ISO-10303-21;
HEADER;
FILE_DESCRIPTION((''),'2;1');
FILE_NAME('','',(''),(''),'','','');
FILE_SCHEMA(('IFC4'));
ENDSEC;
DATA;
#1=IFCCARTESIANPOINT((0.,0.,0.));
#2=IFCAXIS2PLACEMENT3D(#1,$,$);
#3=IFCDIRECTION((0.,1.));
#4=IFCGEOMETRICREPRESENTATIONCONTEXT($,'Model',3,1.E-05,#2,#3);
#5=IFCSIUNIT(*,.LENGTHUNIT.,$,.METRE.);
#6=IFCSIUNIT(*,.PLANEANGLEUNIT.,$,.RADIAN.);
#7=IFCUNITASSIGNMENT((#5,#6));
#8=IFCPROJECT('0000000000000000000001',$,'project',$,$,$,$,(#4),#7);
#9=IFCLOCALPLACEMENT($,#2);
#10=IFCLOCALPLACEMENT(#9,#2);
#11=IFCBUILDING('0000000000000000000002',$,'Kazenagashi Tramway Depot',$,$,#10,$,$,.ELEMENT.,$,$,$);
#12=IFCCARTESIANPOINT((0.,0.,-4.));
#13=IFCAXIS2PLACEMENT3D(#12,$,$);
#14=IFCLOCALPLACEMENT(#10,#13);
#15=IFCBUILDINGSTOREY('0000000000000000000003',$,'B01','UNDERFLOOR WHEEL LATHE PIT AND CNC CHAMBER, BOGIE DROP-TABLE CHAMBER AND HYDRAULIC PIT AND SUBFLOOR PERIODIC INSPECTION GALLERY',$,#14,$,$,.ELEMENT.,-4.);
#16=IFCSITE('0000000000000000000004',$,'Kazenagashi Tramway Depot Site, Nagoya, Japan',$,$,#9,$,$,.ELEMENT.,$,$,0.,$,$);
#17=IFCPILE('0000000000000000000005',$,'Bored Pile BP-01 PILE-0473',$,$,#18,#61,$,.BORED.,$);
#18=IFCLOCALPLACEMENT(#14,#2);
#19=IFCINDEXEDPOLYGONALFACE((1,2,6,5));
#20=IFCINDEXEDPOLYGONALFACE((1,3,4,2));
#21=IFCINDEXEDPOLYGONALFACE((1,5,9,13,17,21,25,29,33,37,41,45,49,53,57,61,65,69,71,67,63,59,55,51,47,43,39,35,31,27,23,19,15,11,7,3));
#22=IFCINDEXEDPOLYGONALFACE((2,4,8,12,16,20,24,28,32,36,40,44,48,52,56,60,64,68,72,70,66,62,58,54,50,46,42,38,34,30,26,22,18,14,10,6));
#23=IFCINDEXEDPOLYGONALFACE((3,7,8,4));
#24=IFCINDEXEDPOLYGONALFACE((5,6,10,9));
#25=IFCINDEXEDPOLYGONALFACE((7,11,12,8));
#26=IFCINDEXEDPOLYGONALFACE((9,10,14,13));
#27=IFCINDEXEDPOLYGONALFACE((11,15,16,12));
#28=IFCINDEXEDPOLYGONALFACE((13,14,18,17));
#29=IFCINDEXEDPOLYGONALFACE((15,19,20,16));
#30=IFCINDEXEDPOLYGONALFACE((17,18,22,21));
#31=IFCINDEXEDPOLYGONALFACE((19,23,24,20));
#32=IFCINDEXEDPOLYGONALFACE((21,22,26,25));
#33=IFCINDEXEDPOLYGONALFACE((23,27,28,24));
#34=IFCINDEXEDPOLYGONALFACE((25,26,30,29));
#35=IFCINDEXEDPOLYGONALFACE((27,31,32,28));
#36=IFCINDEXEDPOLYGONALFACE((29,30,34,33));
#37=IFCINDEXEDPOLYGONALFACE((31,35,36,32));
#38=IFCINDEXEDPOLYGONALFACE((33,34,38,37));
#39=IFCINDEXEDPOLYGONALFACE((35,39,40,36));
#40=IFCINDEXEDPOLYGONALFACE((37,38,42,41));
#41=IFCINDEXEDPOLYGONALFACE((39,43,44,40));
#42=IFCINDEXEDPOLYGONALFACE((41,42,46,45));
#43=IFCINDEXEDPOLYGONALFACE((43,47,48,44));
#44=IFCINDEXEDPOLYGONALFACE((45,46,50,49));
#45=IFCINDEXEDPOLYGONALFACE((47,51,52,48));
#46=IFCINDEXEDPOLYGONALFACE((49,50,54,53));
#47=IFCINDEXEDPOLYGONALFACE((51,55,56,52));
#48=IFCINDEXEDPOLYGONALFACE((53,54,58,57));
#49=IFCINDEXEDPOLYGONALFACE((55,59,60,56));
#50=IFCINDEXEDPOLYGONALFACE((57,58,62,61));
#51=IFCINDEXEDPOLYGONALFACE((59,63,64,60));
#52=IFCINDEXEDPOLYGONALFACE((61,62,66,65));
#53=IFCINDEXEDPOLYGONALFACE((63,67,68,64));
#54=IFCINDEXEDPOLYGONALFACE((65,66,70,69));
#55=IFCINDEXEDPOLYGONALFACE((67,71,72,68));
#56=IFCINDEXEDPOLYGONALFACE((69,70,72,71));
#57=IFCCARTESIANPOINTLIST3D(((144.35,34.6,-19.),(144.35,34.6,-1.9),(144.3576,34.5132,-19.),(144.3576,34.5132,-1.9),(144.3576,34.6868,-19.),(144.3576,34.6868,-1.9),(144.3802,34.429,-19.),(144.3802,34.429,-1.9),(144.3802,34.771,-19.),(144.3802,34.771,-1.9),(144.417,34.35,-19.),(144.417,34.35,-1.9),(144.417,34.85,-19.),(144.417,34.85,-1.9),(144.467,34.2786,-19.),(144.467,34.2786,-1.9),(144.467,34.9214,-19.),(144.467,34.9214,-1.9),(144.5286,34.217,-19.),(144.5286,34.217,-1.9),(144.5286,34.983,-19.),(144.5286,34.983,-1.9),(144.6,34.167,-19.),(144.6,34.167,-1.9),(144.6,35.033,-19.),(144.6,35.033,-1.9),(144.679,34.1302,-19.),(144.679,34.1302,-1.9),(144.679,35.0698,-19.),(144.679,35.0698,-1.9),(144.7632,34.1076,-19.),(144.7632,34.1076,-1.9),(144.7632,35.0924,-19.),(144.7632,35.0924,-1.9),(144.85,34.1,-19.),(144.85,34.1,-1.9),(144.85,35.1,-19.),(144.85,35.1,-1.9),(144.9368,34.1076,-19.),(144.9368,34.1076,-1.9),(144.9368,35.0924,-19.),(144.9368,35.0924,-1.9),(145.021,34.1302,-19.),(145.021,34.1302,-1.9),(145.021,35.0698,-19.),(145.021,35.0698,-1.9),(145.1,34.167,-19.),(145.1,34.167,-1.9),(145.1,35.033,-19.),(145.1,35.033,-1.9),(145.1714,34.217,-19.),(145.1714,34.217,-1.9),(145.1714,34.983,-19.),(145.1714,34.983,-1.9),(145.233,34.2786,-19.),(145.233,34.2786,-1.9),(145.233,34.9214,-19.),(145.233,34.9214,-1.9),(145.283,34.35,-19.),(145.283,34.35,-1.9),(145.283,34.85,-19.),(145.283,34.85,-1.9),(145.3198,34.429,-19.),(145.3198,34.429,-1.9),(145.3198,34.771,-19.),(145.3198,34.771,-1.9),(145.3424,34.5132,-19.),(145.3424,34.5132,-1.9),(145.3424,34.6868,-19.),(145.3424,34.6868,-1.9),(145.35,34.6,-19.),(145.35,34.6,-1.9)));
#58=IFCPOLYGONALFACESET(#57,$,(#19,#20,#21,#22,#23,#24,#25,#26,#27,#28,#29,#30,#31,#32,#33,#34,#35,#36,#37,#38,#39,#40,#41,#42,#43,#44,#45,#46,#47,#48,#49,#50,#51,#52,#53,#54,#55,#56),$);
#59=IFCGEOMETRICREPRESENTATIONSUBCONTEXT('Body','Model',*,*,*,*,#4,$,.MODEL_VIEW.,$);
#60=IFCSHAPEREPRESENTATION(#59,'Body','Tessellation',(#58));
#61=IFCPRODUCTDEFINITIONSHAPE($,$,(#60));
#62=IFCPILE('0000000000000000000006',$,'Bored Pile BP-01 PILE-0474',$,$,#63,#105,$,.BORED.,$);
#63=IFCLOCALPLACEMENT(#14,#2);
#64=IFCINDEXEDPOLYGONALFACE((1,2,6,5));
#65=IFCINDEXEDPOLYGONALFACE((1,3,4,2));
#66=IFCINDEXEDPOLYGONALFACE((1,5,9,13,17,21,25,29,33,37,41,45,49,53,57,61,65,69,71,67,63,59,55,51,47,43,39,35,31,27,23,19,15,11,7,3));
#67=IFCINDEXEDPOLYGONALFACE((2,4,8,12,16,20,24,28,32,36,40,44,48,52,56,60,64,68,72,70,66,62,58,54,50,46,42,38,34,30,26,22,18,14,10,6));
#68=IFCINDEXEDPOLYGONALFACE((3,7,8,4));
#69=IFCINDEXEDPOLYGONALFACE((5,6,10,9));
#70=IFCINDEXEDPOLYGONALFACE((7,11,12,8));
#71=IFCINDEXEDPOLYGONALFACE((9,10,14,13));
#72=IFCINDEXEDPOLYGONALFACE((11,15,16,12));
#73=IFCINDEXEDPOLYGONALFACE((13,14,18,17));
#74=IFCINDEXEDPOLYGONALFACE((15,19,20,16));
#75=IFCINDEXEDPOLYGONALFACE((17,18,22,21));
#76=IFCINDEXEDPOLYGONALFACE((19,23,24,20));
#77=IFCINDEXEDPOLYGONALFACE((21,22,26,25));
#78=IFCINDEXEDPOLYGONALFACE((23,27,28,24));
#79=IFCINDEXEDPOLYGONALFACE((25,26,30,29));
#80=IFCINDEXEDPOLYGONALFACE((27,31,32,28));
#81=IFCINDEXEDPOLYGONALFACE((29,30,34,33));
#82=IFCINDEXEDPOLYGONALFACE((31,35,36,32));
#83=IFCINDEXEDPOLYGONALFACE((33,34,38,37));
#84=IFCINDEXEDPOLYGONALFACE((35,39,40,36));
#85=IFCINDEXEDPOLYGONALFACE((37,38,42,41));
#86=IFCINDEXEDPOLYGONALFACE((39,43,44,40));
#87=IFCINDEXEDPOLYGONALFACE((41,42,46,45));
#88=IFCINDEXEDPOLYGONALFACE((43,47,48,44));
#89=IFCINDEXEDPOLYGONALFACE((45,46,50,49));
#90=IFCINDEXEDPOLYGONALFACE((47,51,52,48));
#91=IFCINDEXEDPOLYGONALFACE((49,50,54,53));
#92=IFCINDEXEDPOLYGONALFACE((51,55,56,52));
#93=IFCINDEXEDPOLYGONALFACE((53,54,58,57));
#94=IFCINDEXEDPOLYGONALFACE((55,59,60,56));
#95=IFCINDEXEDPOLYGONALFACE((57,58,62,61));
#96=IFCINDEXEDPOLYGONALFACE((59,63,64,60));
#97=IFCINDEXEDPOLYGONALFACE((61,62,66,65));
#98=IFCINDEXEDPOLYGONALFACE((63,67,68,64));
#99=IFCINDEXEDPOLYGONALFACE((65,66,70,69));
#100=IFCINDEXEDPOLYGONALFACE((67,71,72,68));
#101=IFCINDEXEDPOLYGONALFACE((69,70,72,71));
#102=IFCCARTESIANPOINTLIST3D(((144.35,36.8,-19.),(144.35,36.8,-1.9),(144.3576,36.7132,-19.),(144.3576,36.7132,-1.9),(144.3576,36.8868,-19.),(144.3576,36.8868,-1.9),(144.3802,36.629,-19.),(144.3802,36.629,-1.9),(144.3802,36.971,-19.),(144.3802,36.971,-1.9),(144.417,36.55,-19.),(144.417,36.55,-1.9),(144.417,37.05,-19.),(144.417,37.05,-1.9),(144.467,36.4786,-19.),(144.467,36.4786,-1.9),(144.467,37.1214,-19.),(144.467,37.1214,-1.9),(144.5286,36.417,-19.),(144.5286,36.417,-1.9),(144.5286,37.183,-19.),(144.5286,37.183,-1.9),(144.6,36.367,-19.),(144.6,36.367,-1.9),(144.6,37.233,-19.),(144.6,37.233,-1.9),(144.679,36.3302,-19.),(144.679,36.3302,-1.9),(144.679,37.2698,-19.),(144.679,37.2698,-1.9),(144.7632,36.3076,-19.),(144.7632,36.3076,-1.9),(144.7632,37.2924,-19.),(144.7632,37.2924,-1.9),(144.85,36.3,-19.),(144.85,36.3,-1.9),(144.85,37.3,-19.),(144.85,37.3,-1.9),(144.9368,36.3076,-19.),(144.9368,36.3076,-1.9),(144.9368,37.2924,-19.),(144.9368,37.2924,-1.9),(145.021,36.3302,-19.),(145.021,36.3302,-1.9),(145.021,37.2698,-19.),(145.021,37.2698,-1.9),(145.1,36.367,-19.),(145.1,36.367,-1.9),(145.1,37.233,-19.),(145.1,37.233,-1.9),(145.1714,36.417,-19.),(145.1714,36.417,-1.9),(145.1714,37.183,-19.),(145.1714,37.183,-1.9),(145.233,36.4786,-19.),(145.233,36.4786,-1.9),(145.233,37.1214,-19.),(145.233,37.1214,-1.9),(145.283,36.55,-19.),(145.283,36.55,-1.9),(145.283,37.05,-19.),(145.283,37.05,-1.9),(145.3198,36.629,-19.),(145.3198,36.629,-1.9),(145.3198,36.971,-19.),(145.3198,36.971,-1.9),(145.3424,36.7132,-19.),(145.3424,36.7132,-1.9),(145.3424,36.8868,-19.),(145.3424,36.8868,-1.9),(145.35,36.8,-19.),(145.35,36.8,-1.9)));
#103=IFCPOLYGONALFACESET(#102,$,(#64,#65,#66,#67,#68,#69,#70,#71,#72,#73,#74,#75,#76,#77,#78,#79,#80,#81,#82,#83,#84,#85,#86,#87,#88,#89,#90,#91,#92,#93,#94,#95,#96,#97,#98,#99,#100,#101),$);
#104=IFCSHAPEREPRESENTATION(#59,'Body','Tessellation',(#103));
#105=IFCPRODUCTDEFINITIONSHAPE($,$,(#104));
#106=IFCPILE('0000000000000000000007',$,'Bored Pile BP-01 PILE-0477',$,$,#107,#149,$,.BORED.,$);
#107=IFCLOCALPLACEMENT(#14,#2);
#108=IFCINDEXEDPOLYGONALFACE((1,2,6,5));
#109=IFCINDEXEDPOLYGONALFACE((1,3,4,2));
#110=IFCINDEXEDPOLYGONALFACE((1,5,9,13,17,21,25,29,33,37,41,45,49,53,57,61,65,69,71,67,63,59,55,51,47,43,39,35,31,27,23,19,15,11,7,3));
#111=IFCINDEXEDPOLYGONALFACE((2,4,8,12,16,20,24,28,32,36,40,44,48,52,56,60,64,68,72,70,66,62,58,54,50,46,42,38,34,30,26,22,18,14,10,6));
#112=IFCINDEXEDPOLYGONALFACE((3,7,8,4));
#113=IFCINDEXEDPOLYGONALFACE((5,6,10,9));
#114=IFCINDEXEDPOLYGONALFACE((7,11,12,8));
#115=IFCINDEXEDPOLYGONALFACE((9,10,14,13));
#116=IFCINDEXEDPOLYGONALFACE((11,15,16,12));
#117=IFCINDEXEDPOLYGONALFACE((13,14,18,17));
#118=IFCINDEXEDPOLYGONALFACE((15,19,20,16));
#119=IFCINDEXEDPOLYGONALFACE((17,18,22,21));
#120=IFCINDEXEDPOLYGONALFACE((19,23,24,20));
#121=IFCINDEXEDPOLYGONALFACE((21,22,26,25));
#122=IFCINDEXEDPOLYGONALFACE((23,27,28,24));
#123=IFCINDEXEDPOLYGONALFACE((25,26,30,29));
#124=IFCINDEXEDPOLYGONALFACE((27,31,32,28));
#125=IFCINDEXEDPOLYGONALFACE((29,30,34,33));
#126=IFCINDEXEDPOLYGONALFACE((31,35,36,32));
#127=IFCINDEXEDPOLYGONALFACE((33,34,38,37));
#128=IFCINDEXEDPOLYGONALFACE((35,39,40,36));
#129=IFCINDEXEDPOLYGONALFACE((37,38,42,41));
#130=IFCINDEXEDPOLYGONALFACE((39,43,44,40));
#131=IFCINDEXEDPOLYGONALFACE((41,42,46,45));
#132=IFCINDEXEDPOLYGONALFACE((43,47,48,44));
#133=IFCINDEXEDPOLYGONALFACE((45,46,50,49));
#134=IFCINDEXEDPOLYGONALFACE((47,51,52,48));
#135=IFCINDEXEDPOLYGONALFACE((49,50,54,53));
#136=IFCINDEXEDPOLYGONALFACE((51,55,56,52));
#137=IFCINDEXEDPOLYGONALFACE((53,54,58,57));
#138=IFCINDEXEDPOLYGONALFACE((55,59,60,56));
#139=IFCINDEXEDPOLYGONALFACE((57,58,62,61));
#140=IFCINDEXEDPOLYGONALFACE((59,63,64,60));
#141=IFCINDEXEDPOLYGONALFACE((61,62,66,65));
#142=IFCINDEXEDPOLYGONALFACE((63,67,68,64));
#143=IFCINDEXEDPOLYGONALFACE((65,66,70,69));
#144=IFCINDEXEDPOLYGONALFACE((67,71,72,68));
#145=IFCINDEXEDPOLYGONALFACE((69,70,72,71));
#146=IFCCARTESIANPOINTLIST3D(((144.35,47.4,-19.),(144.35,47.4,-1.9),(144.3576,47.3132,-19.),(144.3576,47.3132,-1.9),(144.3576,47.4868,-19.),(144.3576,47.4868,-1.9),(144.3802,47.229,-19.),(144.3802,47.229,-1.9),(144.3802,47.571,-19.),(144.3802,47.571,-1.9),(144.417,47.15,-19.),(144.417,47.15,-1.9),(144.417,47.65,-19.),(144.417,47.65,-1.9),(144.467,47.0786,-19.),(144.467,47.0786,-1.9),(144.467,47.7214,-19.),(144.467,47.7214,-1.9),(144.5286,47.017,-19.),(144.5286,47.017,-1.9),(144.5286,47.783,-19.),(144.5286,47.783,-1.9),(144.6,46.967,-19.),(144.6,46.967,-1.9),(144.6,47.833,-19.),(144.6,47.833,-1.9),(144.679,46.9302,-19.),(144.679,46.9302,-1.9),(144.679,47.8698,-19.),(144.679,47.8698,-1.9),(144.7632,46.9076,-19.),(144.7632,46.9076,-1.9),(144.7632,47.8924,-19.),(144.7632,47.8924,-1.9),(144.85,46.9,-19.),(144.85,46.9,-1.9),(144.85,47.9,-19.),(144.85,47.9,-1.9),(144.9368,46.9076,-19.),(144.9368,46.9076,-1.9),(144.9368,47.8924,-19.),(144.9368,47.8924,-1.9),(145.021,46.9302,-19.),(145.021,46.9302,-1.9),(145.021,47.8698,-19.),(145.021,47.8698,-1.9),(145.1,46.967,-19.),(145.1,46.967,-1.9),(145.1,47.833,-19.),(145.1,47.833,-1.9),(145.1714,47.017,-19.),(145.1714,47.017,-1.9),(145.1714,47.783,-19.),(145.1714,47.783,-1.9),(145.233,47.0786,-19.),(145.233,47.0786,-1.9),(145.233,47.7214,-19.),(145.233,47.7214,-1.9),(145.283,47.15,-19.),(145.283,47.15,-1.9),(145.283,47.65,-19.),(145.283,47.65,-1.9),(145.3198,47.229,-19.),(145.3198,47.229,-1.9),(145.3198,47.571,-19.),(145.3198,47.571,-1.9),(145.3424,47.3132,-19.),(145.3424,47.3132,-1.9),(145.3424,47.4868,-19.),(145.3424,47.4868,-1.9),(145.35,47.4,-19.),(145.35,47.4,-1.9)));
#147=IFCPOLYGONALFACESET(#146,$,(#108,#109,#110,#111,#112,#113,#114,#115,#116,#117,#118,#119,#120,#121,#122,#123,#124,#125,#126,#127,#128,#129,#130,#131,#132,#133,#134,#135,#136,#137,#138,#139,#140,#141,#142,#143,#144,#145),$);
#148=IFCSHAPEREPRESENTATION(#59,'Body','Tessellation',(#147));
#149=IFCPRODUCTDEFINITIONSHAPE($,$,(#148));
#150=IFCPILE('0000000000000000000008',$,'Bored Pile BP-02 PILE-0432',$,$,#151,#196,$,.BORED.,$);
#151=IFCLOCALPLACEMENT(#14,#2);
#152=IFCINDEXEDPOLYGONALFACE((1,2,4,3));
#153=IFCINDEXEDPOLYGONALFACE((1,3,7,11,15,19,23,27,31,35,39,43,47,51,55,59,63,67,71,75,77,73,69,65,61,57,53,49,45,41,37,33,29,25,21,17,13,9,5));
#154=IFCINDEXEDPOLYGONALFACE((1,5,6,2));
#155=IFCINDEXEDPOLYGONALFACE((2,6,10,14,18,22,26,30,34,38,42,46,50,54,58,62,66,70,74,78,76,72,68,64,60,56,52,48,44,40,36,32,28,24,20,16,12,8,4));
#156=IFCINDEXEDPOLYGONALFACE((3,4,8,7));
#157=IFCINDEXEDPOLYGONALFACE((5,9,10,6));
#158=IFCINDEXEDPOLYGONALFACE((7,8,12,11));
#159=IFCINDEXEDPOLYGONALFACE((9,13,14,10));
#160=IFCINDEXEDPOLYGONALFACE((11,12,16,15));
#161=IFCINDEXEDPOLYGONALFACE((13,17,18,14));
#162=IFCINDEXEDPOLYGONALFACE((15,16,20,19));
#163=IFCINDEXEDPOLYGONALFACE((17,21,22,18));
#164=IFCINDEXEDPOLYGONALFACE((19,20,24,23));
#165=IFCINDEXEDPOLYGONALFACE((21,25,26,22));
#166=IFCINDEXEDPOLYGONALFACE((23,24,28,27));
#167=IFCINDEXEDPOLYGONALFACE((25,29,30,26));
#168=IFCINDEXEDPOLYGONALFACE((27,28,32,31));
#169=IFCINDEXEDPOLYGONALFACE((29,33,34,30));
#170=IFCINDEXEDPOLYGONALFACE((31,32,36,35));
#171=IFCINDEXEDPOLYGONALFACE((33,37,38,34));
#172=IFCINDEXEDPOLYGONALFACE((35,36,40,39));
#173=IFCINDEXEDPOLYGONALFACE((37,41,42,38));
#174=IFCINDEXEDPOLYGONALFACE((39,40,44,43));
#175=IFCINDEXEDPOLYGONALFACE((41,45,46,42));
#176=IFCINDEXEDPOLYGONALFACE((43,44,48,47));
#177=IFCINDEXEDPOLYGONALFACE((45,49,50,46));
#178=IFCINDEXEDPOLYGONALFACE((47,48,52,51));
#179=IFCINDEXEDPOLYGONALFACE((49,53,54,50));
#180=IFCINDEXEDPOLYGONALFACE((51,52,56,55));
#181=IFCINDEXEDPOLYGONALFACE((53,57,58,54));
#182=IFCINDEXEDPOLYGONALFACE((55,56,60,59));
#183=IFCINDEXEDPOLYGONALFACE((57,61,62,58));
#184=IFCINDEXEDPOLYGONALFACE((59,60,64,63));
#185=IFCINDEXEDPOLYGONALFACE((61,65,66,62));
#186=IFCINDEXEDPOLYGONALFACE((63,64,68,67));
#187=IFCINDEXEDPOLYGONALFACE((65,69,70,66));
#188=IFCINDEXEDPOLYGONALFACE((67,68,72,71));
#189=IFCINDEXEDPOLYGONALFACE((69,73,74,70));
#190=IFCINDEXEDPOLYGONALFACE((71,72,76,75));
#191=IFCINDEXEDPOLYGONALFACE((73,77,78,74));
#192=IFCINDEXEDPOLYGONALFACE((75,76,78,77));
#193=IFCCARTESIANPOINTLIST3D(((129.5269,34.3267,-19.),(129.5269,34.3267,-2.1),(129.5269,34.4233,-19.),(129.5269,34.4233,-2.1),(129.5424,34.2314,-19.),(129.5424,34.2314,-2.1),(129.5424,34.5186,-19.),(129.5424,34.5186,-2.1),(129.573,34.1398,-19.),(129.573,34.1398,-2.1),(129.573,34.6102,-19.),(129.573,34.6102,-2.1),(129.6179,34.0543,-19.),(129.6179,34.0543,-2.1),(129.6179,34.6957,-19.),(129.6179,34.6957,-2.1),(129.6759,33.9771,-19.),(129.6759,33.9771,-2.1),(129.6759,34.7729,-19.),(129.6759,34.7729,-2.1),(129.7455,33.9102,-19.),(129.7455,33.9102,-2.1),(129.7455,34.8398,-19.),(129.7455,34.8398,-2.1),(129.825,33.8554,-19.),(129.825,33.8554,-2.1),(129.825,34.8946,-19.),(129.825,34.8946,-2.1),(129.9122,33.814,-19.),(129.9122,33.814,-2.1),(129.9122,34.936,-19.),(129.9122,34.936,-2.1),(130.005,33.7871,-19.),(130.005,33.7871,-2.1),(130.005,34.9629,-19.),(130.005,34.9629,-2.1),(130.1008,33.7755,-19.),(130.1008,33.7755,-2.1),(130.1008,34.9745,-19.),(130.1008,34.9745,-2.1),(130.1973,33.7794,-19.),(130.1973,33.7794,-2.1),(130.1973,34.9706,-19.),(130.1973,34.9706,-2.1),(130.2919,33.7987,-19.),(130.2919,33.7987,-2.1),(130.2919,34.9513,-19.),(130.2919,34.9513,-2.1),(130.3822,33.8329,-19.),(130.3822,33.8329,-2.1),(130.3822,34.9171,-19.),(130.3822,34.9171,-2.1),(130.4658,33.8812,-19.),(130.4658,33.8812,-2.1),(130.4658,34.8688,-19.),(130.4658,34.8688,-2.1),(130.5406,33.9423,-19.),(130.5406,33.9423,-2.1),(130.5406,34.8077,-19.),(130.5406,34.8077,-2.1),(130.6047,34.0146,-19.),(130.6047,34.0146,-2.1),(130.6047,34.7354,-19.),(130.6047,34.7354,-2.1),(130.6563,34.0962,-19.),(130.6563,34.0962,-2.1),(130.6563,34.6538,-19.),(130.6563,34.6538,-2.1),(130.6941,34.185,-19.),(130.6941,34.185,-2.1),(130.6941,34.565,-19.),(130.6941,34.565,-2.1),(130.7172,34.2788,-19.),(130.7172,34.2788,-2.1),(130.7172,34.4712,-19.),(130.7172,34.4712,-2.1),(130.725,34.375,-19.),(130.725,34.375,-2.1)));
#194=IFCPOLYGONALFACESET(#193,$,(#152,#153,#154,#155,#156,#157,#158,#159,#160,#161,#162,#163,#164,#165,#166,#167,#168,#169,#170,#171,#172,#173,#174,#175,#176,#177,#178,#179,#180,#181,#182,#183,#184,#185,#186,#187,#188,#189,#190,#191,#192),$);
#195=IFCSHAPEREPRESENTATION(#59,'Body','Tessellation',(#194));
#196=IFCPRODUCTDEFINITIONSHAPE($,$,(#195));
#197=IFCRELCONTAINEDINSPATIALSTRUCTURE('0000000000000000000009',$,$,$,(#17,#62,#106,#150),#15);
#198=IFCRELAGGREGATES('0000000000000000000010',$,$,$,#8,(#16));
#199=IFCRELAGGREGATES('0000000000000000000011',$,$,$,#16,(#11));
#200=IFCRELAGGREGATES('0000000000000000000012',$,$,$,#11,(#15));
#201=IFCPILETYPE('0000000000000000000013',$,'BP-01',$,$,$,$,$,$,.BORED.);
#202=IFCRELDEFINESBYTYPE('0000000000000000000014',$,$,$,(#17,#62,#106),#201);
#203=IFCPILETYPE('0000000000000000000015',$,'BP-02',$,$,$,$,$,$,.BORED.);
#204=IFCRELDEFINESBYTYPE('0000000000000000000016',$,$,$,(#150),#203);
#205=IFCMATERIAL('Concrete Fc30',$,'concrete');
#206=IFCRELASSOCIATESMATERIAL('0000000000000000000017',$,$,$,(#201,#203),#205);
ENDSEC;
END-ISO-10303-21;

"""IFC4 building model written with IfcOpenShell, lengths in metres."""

from ifc_helpers import new_model, si_unit, direction, frame, origin, origin_2d, place, context, subcontext, project, spatial, circle, extrude, material, material_profile, profile_set, type_object, element, save


model = new_model("IFC4")

# Units and contexts
model_context = context("Model", 3, precision=1e-05, world=origin(), true_north=direction((0.0, 1.0)))
body_context = subcontext(model_context, "Body", "Model", "MODEL_VIEW")
ifc_project = project(units=[si_unit("LENGTHUNIT", "METRE"), si_unit("PLANEANGLEUNIT", "RADIAN")], contexts=[model_context])

# Site, building, storey
site_placement = place(None, origin())
site = spatial("IfcSite", under=ifc_project, at=site_placement, Name="Kazenagashi Tramway Depot Site, Nagoya, Japan", CompositionType="ELEMENT", RefElevation=0.0)
building_placement = place(site_placement, origin())
building = spatial("IfcBuilding", under=site, at=building_placement, Name="Kazenagashi Tramway Depot", CompositionType="ELEMENT")
storey_placement = place(building_placement, frame((0.0, 0.0, -4.0)))
storey = spatial("IfcBuildingStorey", under=building, at=storey_placement, Name="B01", Description="UNDERFLOOR WHEEL LATHE PIT AND CNC CHAMBER, BOGIE DROP-TABLE CHAMBER AND HYDRAULIC PIT AND SUBFLOOR PERIODIC INSPECTION GALLERY", CompositionType="ELEMENT", Elevation=-4.0)

# Piles
ifc_material_1 = material(Name="Concrete Fc30", Category="concrete")
ifc_material_profile_1 = material_profile(ifc_material_1, circle(Radius=0.5, at=origin_2d()), Name="PILE-1000")
ifc_profile_set_1 = profile_set([ifc_material_profile_1], Name="Concrete Fc30")
pile_type_1 = type_object("IfcPileType", Name="BP-01", PredefinedType="BORED", material=ifc_profile_set_1)
for number, where, z_axis, x_axis, name in (
    (1, (144.85, 34.6, -1.9), (0.0, 0.0, -1.0), (1.0, 0.0, 0.0), "Bored Pile BP-01 PILE-0473"),
    (2, (144.85, 36.8, -1.9), (0.0, 0.0, -1.0), (1.0, 0.0, 0.0), "Bored Pile BP-01 PILE-0474"),
    (3, (144.85, 47.4, -1.9), (0.0, 0.0, -1.0), (1.0, 0.0, 0.0), "Bored Pile BP-01 PILE-0477"),
):
    element("IfcPile", number, at=place(storey_placement, frame(where, z_axis=z_axis, x_axis=x_axis)), inside=storey, type_object=pile_type_1, Name=name, PredefinedType="BORED", context=body_context, shape_type="SweptSolid", body=[
        extrude(circle(Radius=0.5, at=origin_2d()), origin(), (0.0, 0.0, 1.0), 17.1),
    ])
ifc_material_profile_2 = material_profile(ifc_material_1, circle(Radius=0.6, at=origin_2d()), Name="PILE-1200")
ifc_profile_set_2 = profile_set([ifc_material_profile_2], Name="Concrete Fc30")
pile_type_2 = type_object("IfcPileType", Name="BP-02", PredefinedType="BORED", material=ifc_profile_set_2)
for number, where, z_axis, x_axis, name in (
    (4, (130.125, 34.375, -2.1), (0.0, 0.0, -1.0), (1.0, 0.0, 0.0), "Bored Pile BP-02 PILE-0432"),
):
    element("IfcPile", number, at=place(storey_placement, frame(where, z_axis=z_axis, x_axis=x_axis)), inside=storey, type_object=pile_type_2, Name=name, PredefinedType="BORED", context=body_context, shape_type="SweptSolid", body=[
        extrude(circle(Radius=0.6, at=origin_2d()), origin(), (0.0, 0.0, 1.0), 16.9),
    ])

save(model, "model.ifc")
